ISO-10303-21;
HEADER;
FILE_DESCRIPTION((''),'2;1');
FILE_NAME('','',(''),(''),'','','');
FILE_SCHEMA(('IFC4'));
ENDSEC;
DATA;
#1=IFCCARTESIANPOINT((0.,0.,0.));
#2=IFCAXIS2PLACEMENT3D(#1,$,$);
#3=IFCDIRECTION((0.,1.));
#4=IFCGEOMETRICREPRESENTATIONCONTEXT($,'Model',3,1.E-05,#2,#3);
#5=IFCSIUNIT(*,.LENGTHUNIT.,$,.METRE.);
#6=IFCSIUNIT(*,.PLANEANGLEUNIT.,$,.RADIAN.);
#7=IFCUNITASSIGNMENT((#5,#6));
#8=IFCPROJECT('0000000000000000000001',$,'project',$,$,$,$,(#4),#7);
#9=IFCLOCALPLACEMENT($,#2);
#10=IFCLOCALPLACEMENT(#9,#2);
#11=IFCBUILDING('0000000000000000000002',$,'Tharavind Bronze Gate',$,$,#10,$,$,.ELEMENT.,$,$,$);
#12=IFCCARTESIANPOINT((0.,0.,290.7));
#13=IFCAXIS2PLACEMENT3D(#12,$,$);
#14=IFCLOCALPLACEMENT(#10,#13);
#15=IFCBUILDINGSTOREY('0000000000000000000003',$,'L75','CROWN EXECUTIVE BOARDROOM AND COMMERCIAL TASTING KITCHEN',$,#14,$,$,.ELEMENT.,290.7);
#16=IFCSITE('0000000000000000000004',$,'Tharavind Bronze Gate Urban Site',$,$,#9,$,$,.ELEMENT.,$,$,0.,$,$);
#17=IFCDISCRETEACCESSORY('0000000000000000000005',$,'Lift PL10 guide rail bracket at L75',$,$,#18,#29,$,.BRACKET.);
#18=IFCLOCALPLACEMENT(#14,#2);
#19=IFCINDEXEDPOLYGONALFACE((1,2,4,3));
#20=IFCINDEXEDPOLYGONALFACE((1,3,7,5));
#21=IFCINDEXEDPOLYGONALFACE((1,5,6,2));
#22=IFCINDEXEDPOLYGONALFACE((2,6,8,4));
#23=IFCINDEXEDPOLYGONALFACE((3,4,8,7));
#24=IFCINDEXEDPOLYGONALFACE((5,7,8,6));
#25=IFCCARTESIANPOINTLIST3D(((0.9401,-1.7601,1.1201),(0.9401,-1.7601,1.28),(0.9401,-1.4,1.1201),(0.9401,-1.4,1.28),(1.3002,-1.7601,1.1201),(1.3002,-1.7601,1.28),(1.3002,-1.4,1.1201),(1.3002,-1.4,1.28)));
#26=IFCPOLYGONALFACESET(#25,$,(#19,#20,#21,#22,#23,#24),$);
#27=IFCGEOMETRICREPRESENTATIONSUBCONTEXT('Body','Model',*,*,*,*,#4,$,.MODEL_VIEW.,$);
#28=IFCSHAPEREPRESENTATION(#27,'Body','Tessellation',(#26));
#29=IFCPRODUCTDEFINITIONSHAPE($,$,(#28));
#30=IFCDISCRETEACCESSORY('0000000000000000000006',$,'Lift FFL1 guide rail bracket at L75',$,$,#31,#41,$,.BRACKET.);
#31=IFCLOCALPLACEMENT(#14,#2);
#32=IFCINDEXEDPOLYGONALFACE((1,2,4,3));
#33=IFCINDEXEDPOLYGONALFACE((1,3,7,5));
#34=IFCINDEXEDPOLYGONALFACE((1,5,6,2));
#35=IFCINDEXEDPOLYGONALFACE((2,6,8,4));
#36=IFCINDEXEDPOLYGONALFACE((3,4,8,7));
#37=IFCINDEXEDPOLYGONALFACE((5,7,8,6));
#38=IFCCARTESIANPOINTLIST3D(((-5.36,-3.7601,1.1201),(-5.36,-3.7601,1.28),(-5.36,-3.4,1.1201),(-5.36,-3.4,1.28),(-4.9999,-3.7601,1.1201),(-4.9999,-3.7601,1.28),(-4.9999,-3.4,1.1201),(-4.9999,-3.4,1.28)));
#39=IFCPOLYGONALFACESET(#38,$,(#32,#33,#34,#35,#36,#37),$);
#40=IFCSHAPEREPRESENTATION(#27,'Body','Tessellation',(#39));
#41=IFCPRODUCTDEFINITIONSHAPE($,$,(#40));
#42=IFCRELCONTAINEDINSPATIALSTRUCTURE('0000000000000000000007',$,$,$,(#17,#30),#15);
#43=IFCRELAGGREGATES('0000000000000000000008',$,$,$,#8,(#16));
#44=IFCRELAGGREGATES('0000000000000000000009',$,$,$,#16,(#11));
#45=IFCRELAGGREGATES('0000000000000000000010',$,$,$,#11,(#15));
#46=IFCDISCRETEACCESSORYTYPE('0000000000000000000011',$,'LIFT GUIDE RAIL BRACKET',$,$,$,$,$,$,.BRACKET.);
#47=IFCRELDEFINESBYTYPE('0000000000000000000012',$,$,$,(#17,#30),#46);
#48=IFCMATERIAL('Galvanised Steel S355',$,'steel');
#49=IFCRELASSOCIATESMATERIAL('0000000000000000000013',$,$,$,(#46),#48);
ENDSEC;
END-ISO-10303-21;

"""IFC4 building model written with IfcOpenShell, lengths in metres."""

from ifc_helpers import new_model, si_unit, direction, frame, origin, origin_2d, place, context, subcontext, project, spatial, rectangle, extrude, material, type_object, element, save


model = new_model("IFC4")

# Units and contexts
model_context = context("Model", 3, precision=1e-05, world=origin(), true_north=direction((0.0, 1.0)))
body_context = subcontext(model_context, "Body", "Model", "MODEL_VIEW")
ifc_project = project(units=[si_unit("LENGTHUNIT", "METRE"), si_unit("PLANEANGLEUNIT", "RADIAN")], contexts=[model_context])

# Site, building, storey
site_placement = place(None, origin())
site = spatial("IfcSite", under=ifc_project, at=site_placement, Name="Tharavind Bronze Gate Urban Site", CompositionType="ELEMENT", RefElevation=0.0)
building_placement = place(site_placement, origin())
building = spatial("IfcBuilding", under=site, at=building_placement, Name="Tharavind Bronze Gate", CompositionType="ELEMENT")
storey_placement = place(building_placement, frame((0.0, 0.0, 290.7)))
storey = spatial("IfcBuildingStorey", under=building, at=storey_placement, Name="L75", Description="CROWN EXECUTIVE BOARDROOM AND COMMERCIAL TASTING KITCHEN", CompositionType="ELEMENT", Elevation=290.7)

# Discrete accessories
ifc_material_1 = material(Name="Galvanised Steel S355", Category="steel")
discrete_accessory_type = type_object("IfcDiscreteAccessoryType", Name="LIFT GUIDE RAIL BRACKET", PredefinedType="BRACKET", material=ifc_material_1)
for number, where, z_axis, x_axis, name in (
    (1, (1.1201, -1.5801, 1.1201), (0.0, 0.0, 1.0), (1.0, 0.0, 0.0), "Lift PL10 guide rail bracket at L75"),
    (2, (-5.1799, -3.5801, 1.1201), (0.0, 0.0, 1.0), (1.0, 0.0, 0.0), "Lift FFL1 guide rail bracket at L75"),
):
    element("IfcDiscreteAccessory", number, at=place(storey_placement, frame(where, z_axis=z_axis, x_axis=x_axis)), inside=storey, type_object=discrete_accessory_type, Name=name, PredefinedType="BRACKET", context=body_context, shape_type="SweptSolid", body=[
        extrude(rectangle(XDim=0.3601, YDim=0.3601, at=origin_2d()), origin(), (0.0, 0.0, 1.0), 0.1599),
    ])

save(model, "model.ifc")
